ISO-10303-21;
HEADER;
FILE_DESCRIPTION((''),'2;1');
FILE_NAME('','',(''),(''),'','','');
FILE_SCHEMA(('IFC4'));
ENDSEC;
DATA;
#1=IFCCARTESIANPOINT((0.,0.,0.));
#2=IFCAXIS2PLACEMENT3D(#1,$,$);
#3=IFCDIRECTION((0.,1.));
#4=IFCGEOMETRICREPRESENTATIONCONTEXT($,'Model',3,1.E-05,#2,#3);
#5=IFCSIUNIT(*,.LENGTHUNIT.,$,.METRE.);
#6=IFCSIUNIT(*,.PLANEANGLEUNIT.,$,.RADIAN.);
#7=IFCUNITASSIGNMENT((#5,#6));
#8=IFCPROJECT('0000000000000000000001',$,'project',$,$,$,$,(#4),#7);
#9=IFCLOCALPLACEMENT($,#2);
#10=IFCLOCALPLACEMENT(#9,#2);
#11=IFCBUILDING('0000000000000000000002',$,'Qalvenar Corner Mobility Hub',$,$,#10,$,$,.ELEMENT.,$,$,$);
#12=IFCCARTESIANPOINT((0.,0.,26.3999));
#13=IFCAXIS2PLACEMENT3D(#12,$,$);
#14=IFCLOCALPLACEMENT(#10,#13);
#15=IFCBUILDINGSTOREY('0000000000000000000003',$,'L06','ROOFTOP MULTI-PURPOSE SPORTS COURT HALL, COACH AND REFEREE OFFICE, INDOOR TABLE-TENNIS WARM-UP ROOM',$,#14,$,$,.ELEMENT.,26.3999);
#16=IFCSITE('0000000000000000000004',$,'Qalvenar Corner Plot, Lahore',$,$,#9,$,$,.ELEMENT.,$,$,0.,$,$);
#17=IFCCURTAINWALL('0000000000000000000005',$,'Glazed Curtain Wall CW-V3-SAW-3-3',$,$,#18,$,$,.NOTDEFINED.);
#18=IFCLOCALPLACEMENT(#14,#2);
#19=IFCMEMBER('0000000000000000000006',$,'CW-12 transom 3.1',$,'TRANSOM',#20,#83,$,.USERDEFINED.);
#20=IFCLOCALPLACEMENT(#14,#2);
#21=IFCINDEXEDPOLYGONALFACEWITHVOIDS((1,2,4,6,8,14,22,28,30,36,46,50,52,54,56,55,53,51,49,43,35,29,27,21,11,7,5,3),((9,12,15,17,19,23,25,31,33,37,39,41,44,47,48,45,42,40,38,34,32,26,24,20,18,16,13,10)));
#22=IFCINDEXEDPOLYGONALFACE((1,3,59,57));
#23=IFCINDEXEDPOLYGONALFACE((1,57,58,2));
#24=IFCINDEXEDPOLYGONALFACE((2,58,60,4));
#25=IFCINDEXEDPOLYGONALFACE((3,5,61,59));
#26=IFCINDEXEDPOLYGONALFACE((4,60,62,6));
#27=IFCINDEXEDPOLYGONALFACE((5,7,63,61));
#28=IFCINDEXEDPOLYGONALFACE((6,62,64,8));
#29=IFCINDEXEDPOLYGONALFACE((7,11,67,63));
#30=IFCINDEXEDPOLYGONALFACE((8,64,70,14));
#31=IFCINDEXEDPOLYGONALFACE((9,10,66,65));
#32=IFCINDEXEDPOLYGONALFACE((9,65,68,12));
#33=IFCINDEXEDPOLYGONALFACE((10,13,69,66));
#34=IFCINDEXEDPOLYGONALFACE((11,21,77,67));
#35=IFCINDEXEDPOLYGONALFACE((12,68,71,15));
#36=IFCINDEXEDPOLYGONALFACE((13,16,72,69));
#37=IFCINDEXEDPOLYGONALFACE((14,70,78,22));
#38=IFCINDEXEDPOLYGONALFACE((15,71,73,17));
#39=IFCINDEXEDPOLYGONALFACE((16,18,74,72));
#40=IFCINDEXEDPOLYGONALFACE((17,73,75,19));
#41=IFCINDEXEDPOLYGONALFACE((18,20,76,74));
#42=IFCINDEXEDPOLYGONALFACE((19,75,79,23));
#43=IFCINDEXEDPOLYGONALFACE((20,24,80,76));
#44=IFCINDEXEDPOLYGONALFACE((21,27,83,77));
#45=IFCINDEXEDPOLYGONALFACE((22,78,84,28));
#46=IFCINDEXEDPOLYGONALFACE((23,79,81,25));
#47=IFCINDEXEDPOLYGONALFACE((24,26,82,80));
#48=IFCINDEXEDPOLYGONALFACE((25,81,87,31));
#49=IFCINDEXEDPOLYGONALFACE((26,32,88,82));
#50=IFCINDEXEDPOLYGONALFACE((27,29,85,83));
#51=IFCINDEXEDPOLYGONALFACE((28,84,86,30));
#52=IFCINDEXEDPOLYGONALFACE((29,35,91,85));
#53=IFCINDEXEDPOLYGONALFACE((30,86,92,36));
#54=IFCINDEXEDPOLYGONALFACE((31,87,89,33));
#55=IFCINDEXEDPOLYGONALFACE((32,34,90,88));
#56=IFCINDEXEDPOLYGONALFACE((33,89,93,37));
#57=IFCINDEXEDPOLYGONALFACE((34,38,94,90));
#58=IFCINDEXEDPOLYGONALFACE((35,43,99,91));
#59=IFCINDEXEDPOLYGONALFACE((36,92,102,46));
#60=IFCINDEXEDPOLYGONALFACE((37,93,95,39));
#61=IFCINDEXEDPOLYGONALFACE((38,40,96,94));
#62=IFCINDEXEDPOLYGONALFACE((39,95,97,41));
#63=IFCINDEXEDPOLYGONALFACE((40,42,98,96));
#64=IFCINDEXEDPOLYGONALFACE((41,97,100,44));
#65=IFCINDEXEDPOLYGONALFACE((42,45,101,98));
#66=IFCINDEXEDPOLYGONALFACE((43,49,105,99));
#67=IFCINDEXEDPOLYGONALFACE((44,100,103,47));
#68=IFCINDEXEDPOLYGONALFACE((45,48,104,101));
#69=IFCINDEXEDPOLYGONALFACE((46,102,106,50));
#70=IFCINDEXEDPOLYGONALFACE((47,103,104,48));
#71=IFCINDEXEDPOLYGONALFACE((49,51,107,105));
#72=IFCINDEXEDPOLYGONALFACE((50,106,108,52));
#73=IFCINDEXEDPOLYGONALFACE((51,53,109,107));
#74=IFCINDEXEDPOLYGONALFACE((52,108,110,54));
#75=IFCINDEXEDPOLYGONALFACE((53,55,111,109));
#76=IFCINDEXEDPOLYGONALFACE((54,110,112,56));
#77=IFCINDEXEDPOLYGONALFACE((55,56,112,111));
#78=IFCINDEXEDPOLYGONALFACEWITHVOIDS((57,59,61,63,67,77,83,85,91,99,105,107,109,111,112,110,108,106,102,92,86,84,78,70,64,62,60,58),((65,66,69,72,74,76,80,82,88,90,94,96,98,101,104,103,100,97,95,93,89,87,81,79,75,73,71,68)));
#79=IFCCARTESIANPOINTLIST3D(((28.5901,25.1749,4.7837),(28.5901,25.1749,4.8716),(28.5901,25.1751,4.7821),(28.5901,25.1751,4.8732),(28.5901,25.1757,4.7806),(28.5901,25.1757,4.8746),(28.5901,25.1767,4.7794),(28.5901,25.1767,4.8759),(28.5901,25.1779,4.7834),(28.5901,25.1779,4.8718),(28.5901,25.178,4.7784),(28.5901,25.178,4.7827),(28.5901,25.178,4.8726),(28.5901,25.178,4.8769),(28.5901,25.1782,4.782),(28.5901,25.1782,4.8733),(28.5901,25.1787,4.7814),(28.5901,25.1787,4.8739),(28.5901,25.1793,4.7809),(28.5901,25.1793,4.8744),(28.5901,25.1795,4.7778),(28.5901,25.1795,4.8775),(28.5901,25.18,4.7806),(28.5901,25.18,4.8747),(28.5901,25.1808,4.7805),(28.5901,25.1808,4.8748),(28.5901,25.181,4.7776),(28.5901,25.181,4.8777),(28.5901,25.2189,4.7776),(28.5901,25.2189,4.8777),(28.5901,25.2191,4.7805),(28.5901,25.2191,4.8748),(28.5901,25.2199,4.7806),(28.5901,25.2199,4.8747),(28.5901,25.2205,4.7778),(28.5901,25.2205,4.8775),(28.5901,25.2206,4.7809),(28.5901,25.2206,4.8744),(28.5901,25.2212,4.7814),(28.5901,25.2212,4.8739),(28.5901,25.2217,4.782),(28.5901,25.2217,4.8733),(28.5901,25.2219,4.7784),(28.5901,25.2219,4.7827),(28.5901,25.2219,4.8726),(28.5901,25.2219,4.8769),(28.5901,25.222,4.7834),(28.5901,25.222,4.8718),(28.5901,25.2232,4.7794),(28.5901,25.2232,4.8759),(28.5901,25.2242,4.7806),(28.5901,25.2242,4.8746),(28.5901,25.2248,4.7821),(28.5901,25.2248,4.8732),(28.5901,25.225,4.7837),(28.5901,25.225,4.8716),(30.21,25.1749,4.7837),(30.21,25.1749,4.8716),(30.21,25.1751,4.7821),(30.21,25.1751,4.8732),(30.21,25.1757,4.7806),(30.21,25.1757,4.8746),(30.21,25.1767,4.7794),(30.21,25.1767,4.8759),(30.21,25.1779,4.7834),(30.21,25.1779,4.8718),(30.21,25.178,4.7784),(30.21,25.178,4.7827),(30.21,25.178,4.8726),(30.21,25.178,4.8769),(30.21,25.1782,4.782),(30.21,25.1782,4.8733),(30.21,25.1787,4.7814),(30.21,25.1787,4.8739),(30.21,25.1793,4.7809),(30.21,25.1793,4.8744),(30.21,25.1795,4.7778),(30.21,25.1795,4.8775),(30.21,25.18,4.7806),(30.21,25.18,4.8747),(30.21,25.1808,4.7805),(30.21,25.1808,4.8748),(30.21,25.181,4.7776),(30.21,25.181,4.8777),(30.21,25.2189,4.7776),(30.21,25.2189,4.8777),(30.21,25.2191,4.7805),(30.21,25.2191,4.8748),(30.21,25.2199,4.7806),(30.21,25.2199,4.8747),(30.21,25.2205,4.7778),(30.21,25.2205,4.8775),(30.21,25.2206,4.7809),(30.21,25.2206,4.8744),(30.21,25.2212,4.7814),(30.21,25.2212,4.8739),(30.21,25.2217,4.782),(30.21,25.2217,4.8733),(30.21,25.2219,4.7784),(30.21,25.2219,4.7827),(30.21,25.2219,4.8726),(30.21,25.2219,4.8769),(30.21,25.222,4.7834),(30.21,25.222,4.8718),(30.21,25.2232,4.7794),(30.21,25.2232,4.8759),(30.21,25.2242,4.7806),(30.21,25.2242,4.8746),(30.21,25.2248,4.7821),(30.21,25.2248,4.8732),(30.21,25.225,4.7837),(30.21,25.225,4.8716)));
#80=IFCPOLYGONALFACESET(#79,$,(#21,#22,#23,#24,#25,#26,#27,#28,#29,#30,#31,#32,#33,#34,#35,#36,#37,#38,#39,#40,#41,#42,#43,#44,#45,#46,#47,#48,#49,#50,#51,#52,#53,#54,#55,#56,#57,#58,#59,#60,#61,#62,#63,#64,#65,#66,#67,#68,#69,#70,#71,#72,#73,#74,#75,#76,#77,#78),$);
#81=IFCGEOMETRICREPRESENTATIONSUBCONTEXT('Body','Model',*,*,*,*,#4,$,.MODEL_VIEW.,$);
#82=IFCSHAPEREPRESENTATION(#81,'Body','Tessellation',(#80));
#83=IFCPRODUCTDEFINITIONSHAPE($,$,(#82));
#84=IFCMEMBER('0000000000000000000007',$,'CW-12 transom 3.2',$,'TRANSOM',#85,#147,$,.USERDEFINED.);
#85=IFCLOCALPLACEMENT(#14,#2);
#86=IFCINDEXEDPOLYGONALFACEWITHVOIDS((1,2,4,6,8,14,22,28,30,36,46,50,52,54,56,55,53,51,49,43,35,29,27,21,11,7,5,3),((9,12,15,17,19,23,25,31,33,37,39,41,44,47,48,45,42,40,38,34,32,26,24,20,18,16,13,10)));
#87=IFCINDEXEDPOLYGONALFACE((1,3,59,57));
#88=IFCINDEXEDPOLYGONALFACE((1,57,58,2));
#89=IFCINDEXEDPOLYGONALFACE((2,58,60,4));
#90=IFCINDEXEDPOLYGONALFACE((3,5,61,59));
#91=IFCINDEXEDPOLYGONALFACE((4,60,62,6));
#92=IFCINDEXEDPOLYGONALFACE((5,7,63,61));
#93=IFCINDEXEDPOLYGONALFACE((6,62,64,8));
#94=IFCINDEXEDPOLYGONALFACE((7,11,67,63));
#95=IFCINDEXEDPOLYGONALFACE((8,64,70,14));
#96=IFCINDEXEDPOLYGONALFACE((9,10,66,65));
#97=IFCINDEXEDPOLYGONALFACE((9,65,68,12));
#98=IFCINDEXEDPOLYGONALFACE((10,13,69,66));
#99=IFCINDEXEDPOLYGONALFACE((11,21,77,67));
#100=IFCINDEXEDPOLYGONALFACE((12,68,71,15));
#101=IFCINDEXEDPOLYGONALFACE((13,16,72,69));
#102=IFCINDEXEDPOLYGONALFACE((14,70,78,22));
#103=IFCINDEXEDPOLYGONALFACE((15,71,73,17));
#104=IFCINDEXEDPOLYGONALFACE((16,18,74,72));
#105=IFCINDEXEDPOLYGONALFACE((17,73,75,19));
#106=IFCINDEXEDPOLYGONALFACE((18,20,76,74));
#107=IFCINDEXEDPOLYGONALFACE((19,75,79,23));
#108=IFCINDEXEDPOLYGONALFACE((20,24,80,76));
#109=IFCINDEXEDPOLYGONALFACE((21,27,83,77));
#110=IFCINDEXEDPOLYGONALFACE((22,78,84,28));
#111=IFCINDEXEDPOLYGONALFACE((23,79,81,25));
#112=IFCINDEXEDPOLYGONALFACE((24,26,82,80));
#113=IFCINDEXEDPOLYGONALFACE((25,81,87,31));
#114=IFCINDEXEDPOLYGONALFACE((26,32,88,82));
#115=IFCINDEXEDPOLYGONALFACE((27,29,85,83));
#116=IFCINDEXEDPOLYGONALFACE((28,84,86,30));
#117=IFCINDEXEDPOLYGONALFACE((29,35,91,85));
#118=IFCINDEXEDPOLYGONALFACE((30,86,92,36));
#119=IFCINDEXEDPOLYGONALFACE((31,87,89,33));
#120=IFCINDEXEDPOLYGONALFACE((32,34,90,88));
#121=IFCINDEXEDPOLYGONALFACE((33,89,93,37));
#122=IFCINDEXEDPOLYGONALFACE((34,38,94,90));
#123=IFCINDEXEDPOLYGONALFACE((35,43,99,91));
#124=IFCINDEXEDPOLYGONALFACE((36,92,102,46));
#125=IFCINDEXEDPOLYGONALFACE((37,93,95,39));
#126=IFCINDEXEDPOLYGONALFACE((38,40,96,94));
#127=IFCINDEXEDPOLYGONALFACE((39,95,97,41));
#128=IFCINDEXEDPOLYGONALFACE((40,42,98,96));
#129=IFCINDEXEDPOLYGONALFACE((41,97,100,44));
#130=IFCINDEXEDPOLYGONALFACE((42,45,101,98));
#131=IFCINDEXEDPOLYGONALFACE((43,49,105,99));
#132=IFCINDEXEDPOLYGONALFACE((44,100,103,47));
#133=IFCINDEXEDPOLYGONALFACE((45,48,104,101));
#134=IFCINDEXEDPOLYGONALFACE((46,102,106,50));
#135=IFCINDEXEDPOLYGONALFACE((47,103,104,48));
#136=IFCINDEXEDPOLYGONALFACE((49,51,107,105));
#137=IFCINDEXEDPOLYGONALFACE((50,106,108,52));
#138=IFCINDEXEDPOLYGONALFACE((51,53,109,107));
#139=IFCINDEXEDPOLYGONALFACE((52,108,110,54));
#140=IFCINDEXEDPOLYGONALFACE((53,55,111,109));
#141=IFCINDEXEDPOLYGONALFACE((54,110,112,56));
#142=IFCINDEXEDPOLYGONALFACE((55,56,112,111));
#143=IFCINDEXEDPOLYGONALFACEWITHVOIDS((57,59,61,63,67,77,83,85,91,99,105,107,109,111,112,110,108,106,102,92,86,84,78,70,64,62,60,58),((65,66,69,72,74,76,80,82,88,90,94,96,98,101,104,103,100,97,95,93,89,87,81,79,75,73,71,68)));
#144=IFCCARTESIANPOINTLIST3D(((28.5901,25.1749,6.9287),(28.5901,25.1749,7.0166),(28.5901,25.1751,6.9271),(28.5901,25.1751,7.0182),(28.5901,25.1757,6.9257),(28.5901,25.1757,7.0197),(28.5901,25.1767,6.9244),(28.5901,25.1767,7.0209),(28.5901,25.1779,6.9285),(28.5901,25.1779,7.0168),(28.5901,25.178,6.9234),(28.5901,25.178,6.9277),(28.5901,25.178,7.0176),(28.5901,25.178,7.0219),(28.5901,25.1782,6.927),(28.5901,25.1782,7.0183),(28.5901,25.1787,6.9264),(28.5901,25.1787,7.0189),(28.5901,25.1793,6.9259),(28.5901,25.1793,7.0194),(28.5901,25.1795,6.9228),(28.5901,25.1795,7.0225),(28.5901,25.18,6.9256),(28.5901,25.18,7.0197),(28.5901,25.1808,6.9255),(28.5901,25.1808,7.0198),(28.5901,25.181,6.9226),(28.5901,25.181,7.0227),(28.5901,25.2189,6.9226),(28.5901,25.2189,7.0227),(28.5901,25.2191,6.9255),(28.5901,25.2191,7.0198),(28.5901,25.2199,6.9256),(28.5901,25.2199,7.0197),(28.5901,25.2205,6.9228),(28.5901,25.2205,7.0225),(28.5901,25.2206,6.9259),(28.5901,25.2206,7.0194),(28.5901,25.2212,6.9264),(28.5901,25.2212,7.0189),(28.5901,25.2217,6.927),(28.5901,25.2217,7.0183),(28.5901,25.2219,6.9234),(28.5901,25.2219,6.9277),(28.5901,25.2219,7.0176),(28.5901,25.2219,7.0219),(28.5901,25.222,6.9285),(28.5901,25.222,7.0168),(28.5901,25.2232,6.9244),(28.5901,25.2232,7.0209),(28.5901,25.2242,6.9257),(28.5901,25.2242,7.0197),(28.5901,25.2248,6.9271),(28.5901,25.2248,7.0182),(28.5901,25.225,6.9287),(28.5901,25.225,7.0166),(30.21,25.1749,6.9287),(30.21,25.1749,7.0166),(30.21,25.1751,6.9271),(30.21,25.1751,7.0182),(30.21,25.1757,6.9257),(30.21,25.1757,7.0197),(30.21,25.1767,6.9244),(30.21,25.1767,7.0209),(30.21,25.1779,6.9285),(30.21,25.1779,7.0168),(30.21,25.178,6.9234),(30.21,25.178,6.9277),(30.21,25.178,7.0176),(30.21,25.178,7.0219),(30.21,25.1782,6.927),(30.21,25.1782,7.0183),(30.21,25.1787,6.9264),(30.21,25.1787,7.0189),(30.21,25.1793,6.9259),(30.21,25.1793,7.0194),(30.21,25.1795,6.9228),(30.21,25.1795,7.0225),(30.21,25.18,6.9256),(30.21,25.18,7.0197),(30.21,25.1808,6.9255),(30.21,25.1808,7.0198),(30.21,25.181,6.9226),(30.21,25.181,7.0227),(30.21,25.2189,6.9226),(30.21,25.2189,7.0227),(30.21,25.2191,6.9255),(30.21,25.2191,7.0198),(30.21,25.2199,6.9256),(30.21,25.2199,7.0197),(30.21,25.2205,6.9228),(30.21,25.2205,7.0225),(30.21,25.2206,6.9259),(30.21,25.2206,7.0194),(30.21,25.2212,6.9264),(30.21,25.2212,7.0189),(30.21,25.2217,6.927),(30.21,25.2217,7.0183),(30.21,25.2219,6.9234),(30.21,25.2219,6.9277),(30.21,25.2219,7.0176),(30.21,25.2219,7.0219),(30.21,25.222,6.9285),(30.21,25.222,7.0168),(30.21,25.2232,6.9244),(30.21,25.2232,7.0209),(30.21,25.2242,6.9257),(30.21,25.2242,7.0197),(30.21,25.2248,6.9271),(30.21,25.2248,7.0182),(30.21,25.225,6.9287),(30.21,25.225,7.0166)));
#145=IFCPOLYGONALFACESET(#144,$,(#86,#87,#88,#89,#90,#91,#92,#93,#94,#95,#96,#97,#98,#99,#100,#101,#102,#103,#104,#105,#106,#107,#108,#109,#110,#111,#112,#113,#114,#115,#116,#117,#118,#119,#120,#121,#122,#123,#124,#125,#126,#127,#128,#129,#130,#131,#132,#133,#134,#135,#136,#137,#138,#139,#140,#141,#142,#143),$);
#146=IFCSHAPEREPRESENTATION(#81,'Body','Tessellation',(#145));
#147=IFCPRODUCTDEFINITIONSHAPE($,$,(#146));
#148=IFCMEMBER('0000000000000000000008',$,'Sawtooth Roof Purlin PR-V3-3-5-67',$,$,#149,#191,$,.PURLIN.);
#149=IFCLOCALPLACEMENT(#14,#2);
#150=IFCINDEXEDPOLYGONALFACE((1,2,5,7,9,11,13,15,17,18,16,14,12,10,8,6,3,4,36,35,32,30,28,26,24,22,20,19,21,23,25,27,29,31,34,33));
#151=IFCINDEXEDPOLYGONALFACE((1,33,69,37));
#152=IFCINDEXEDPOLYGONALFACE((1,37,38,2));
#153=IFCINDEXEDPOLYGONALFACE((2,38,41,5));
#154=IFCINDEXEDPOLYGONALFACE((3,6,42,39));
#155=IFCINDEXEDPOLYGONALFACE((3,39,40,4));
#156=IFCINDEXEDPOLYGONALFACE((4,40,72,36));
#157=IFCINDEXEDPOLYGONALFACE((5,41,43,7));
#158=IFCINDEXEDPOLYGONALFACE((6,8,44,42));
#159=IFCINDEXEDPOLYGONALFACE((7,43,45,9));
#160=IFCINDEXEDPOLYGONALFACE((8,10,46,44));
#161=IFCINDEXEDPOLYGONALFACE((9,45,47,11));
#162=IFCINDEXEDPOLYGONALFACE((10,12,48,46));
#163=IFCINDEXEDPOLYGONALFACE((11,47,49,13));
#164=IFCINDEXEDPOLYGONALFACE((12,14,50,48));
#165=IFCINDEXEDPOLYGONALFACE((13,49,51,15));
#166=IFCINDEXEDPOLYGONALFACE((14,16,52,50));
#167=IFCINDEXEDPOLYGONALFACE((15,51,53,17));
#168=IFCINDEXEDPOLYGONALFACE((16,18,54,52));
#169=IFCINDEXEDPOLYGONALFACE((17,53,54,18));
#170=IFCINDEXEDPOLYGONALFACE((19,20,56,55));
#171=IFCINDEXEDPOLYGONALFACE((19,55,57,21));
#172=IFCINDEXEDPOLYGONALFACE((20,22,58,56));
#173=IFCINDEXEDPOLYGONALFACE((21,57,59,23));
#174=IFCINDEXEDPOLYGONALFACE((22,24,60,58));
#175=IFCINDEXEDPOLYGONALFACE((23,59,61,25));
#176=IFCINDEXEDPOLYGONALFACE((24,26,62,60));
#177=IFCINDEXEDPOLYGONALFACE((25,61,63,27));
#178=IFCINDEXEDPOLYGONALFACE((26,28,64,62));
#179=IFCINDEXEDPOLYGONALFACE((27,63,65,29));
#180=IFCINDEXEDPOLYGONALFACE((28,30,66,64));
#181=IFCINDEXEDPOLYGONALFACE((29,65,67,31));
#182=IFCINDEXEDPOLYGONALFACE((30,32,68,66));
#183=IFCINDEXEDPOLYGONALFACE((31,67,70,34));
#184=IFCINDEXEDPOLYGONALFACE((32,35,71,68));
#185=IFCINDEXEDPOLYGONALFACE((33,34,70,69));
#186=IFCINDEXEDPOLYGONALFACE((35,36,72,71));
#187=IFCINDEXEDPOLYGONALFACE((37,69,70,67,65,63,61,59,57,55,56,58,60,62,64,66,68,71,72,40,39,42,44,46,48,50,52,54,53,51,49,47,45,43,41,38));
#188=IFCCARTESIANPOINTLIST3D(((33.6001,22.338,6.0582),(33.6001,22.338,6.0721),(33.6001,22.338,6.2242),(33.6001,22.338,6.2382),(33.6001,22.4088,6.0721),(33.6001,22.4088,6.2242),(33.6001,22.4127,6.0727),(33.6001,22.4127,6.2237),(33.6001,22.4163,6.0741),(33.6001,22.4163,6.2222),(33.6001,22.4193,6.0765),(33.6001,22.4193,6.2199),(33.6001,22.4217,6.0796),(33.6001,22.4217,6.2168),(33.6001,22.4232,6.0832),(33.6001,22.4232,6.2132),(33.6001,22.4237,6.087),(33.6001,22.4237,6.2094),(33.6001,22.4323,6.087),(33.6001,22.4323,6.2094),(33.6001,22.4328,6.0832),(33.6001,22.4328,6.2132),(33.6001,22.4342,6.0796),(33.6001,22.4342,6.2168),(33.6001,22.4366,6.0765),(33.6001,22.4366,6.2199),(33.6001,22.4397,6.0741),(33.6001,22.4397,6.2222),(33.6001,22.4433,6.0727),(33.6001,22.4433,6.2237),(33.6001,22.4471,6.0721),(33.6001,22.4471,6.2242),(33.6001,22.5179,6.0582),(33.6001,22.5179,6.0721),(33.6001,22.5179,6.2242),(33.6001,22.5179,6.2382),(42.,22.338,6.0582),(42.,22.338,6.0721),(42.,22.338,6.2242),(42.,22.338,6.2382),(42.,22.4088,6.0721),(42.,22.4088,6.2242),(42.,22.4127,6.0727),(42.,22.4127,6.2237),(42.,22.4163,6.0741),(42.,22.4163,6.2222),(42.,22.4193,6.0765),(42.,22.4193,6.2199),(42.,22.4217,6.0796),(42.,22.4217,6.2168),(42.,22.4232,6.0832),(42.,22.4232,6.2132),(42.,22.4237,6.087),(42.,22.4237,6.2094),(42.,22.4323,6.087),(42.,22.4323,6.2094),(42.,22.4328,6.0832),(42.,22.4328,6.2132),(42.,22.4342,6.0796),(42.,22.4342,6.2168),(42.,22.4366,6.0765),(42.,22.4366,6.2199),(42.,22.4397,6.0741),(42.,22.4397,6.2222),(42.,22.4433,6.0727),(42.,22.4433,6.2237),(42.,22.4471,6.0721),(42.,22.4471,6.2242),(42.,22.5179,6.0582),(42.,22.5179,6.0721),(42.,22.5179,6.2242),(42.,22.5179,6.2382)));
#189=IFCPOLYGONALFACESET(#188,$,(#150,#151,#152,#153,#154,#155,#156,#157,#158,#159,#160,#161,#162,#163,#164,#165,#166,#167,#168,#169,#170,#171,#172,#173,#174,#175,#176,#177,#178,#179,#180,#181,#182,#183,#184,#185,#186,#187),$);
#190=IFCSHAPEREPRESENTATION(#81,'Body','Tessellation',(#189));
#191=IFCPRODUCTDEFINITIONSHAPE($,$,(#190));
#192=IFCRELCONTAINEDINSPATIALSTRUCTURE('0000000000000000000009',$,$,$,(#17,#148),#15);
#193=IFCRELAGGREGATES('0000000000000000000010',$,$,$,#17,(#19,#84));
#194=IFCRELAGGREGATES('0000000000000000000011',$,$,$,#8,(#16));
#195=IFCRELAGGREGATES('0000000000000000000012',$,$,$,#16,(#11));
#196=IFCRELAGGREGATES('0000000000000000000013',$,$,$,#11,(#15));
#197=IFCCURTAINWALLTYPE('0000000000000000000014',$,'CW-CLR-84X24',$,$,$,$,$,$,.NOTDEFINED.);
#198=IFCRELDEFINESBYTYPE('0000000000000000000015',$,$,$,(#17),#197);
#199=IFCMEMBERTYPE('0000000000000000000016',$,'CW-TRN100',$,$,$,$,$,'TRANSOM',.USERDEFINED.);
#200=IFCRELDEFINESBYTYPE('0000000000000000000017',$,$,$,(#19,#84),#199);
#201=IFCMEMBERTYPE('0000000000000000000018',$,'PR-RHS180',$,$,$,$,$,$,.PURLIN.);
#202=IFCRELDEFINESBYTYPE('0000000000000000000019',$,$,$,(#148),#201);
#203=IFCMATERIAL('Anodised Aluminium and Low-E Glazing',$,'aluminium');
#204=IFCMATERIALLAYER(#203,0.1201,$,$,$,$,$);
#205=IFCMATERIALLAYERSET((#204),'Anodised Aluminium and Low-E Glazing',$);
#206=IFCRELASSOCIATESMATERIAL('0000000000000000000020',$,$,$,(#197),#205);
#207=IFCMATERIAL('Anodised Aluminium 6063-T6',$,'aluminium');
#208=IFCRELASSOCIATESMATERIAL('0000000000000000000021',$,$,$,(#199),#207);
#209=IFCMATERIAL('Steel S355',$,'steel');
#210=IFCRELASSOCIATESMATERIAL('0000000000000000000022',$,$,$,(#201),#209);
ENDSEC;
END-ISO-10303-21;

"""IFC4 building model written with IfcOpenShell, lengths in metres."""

from ifc_helpers import new_model, si_unit, direction, frame, origin, origin_2d, place, context, subcontext, project, spatial, hollow_rectangle, i_section, extrude, material, layer, layer_set, material_profile, profile_set, type_object, element, aggregate, save


model = new_model("IFC4")

# Units and contexts
model_context = context("Model", 3, precision=1e-05, world=origin(), true_north=direction((0.0, 1.0)))
body_context = subcontext(model_context, "Body", "Model", "MODEL_VIEW")
ifc_project = project(units=[si_unit("LENGTHUNIT", "METRE"), si_unit("PLANEANGLEUNIT", "RADIAN")], contexts=[model_context])

# Site, building, storey
site_placement = place(None, origin())
site = spatial("IfcSite", under=ifc_project, at=site_placement, Name="Qalvenar Corner Plot, Lahore", CompositionType="ELEMENT", RefElevation=0.0)
building_placement = place(site_placement, origin())
building = spatial("IfcBuilding", under=site, at=building_placement, Name="Qalvenar Corner Mobility Hub", CompositionType="ELEMENT")
storey_placement = place(building_placement, frame((0.0, 0.0, 26.3999)))
storey = spatial("IfcBuildingStorey", under=building, at=storey_placement, Name="L06", Description="ROOFTOP MULTI-PURPOSE SPORTS COURT HALL, COACH AND REFEREE OFFICE, INDOOR TABLE-TENNIS WARM-UP ROOM", CompositionType="ELEMENT", Elevation=26.3999)

# Shared definitions
ifc_material_1 = material(Name="Steel S355", Category="steel")

# Curtain wall
ifc_material_2 = material(Name="Anodised Aluminium and Low-E Glazing", Category="aluminium")
ifc_layer_1 = layer(ifc_material_2, 0.1201)
ifc_layer_set_1 = layer_set([ifc_layer_1], Name="Anodised Aluminium and Low-E Glazing")
curtain_wall_type = type_object("IfcCurtainWallType", Name="CW-CLR-84X24", PredefinedType="NOTDEFINED", material=ifc_layer_set_1)
ifc_material_3 = material(Name="Anodised Aluminium 6063-T6", Category="aluminium")
curtain_wall_1_placement = place(storey_placement, origin())
curtain_wall_1 = element("IfcCurtainWall", 1, at=curtain_wall_1_placement, inside=storey, type_object=curtain_wall_type, Name="Glazed Curtain Wall CW-V3-SAW-3-3", PredefinedType="NOTDEFINED")

# Members
ifc_material_profile_1 = material_profile(ifc_material_3, hollow_rectangle(XDim=0.05, YDim=0.1001, WallThickness=0.0029, InnerFilletRadius=0.0029, OuterFilletRadius=0.0061, at=origin_2d()), Name="RHS100x50x3")
ifc_profile_set_1 = profile_set([ifc_material_profile_1], Name="Anodised Aluminium 6063-T6")
member_type_1 = type_object("IfcMemberType", Name="CW-TRN100", ElementType="TRANSOM", PredefinedType="USERDEFINED", material=ifc_profile_set_1)
member_1_placement = place(storey_placement, frame((30.21, 25.2, 4.8276), z_axis=(-1.0, 0.0, 0.0), x_axis=(0.0, -1.0, 0.0)))
member_1 = element("IfcMember", 2, at=member_1_placement, type_object=member_type_1, Name="CW-12 transom 3.1", ObjectType="TRANSOM", PredefinedType="USERDEFINED", context=body_context, shape_type="SweptSolid", body=[
    extrude(hollow_rectangle(XDim=0.05, YDim=0.1001, WallThickness=0.0029, InnerFilletRadius=0.0029, OuterFilletRadius=0.0061, at=origin_2d()), origin(), (0.0, 0.0, 1.0), 1.6199),
])
member_2_placement = place(storey_placement, frame((30.21, 25.2, 6.9727), z_axis=(-1.0, 0.0, 0.0), x_axis=(0.0, -1.0, 0.0)))
member_2 = element("IfcMember", 3, at=member_2_placement, type_object=member_type_1, Name="CW-12 transom 3.2", ObjectType="TRANSOM", PredefinedType="USERDEFINED", context=body_context, shape_type="SweptSolid", body=[
    extrude(hollow_rectangle(XDim=0.05, YDim=0.1001, WallThickness=0.0029, InnerFilletRadius=0.0029, OuterFilletRadius=0.0061, at=origin_2d()), origin(), (0.0, 0.0, 1.0), 1.6199),
])

# Member
ifc_material_profile_2 = material_profile(ifc_material_1, i_section(OverallWidth=0.1799, OverallDepth=0.1799, WebThickness=0.0085, FlangeThickness=0.0139, FilletRadius=0.0149, at=origin_2d()), Name="HEB180")
ifc_profile_set_2 = profile_set([ifc_material_profile_2], Name="Steel S355")
member_type_2 = type_object("IfcMemberType", Name="PR-RHS180", PredefinedType="PURLIN", material=ifc_profile_set_2)
member_3_placement = place(storey_placement, frame((33.6001, 22.428, 6.1482), z_axis=(1.0, 0.0, 0.0), x_axis=(0.0, 1.0, 0.0)))
element("IfcMember", 4, at=member_3_placement, inside=storey, type_object=member_type_2, Name="Sawtooth Roof Purlin PR-V3-3-5-67", PredefinedType="PURLIN", context=body_context, shape_type="SweptSolid", body=[
    extrude(i_section(OverallWidth=0.1799, OverallDepth=0.1799, WebThickness=0.0085, FlangeThickness=0.0139, FilletRadius=0.0149, at=origin_2d()), origin(), (0.0, 0.0, 1.0), 8.3999),
])

aggregate(curtain_wall_1, [member_1, member_2])

save(model, "model.ifc")
